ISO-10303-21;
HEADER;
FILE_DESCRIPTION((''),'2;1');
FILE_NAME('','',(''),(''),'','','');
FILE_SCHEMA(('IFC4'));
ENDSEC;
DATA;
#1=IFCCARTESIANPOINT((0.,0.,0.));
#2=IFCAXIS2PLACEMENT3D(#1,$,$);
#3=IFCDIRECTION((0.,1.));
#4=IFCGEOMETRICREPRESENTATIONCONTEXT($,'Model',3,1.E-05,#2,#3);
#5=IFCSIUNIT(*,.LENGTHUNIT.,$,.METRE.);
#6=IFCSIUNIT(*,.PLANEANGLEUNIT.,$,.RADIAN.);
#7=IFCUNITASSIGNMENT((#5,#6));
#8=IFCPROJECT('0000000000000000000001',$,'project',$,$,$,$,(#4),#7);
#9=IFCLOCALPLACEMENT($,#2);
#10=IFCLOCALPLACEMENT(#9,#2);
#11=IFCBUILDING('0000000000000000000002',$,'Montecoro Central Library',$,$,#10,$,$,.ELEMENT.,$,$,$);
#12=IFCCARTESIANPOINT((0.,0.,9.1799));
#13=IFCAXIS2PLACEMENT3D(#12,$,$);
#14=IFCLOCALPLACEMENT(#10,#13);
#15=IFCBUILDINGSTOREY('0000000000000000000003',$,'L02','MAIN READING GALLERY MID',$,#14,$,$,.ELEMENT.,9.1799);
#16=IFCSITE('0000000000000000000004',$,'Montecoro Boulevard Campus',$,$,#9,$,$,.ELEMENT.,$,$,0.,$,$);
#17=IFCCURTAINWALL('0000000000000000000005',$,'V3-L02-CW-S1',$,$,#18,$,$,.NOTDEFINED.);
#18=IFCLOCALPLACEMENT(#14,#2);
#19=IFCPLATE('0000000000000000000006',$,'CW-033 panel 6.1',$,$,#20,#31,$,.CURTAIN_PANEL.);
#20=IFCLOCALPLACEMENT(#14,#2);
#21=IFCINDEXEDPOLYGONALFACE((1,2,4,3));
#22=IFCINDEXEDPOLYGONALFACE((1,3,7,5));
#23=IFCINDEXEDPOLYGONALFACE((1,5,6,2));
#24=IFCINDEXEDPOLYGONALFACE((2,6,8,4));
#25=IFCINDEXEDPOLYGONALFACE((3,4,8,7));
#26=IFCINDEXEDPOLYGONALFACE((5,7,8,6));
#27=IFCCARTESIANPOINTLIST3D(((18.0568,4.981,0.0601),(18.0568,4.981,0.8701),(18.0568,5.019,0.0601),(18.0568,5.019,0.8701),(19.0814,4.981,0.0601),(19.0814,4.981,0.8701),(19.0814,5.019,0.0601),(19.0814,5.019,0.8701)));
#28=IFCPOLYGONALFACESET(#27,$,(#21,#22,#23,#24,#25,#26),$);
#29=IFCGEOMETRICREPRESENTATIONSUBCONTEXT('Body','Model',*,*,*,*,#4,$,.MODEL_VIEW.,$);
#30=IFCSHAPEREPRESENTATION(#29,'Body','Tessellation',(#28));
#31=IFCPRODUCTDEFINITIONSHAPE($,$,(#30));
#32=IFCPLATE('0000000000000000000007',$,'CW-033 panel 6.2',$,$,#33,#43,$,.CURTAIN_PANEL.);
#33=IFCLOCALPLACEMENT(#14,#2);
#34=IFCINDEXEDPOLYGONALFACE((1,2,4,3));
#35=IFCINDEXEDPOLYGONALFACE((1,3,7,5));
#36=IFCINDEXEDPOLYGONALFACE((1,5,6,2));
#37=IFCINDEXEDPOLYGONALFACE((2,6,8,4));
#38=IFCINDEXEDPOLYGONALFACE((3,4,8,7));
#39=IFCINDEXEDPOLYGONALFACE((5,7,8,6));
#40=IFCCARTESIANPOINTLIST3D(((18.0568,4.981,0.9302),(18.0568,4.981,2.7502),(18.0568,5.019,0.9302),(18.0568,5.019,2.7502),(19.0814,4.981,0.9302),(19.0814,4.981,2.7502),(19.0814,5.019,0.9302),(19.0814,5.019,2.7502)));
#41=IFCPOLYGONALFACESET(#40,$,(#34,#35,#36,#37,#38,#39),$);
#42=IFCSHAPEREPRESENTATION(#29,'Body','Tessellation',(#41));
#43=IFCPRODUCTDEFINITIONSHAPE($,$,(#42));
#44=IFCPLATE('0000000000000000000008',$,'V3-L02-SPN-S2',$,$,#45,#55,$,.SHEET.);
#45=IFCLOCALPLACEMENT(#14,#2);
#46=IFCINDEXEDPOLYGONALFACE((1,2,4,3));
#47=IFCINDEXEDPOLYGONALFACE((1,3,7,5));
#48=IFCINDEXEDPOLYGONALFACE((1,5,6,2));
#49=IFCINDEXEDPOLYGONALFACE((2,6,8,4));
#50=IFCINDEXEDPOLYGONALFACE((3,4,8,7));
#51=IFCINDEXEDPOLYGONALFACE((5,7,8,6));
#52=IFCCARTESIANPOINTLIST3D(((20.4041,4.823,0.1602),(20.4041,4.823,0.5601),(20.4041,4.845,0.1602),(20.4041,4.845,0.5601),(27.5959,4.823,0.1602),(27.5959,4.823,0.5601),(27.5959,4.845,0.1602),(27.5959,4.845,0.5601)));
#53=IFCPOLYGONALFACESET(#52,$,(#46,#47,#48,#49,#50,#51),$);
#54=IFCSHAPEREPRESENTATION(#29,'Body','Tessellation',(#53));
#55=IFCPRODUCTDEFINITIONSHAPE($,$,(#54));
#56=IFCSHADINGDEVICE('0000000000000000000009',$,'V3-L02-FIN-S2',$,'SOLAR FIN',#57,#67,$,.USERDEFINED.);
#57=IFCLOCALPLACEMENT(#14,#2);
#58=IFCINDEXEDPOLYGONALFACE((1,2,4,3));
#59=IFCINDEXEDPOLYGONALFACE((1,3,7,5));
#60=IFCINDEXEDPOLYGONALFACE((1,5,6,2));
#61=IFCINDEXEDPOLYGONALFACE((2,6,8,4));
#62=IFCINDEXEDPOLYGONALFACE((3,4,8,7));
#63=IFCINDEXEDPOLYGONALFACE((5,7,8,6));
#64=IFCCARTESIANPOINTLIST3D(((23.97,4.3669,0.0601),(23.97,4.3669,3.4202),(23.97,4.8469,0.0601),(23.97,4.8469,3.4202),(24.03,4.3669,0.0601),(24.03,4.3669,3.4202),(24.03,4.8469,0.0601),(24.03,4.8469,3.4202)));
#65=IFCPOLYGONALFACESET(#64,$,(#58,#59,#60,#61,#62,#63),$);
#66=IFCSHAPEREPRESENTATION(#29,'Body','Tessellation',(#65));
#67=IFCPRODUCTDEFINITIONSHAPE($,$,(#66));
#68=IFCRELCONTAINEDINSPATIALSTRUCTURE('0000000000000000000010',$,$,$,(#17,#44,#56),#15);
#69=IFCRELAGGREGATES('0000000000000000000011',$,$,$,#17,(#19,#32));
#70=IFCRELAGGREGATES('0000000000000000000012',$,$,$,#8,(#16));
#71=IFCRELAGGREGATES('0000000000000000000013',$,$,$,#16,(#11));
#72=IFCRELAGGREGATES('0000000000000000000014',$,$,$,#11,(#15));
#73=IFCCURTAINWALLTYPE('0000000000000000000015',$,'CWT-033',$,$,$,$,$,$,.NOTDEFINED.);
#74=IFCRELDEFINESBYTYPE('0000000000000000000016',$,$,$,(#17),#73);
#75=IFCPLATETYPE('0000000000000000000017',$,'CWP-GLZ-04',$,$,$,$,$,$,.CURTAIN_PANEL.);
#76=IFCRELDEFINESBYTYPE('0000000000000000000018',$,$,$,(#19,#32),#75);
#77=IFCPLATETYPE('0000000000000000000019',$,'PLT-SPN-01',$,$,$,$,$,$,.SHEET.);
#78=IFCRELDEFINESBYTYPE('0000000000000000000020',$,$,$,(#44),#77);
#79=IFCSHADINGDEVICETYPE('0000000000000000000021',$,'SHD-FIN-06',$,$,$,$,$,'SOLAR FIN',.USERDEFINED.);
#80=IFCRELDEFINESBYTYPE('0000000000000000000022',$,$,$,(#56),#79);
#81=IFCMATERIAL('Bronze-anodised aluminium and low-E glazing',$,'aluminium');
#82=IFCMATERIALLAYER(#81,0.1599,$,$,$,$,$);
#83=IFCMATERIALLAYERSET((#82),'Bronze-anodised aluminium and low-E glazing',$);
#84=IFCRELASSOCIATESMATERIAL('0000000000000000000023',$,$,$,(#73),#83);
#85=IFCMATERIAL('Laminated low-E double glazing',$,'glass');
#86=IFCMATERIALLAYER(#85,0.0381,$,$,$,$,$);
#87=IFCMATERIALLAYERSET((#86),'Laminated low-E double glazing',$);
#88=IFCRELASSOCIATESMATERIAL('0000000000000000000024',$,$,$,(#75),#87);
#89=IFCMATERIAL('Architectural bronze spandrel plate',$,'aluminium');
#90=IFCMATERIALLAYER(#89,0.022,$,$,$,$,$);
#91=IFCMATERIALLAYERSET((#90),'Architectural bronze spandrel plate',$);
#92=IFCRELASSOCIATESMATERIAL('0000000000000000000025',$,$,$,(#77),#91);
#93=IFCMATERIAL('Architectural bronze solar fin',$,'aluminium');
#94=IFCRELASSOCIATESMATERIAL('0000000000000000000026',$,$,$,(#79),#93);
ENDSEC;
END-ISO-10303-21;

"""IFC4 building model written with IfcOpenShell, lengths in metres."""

from ifc_helpers import new_model, si_unit, direction, frame, origin, origin_2d, place, context, subcontext, project, spatial, rectangle, extrude, material, layer, layer_set, type_object, element, aggregate, save


model = new_model("IFC4")

# Units and contexts
model_context = context("Model", 3, precision=1e-05, world=origin(), true_north=direction((0.0, 1.0)))
body_context = subcontext(model_context, "Body", "Model", "MODEL_VIEW")
ifc_project = project(units=[si_unit("LENGTHUNIT", "METRE"), si_unit("PLANEANGLEUNIT", "RADIAN")], contexts=[model_context])

# Site, building, storey
site_placement = place(None, origin())
site = spatial("IfcSite", under=ifc_project, at=site_placement, Name="Montecoro Boulevard Campus", CompositionType="ELEMENT", RefElevation=0.0)
building_placement = place(site_placement, origin())
building = spatial("IfcBuilding", under=site, at=building_placement, Name="Montecoro Central Library", CompositionType="ELEMENT")
storey_placement = place(building_placement, frame((0.0, 0.0, 9.1799)))
storey = spatial("IfcBuildingStorey", under=building, at=storey_placement, Name="L02", Description="MAIN READING GALLERY MID", CompositionType="ELEMENT", Elevation=9.1799)

# Curtain wall, plates
ifc_material_1 = material(Name="Bronze-anodised aluminium and low-E glazing", Category="aluminium")
ifc_layer_1 = layer(ifc_material_1, 0.1599)
ifc_layer_set_1 = layer_set([ifc_layer_1], Name="Bronze-anodised aluminium and low-E glazing")
curtain_wall_type = type_object("IfcCurtainWallType", Name="CWT-033", PredefinedType="NOTDEFINED", material=ifc_layer_set_1)
curtain_wall_placement = place(storey_placement, origin())
curtain_wall = element("IfcCurtainWall", 1, at=curtain_wall_placement, inside=storey, type_object=curtain_wall_type, Name="V3-L02-CW-S1", PredefinedType="NOTDEFINED")
ifc_material_2 = material(Name="Laminated low-E double glazing", Category="glass")
ifc_layer_2 = layer(ifc_material_2, 0.0381)
ifc_layer_set_2 = layer_set([ifc_layer_2], Name="Laminated low-E double glazing")
plate_type_1 = type_object("IfcPlateType", Name="CWP-GLZ-04", PredefinedType="CURTAIN_PANEL", material=ifc_layer_set_2)
plate_1_placement = place(storey_placement, frame((18.5691, 5.0, 0.0601), z_axis=(0.0, 0.0, 1.0), x_axis=(1.0, 0.0, 0.0)))
plate_1 = element("IfcPlate", 2, at=plate_1_placement, type_object=plate_type_1, Name="CW-033 panel 6.1", PredefinedType="CURTAIN_PANEL", context=body_context, shape_type="SweptSolid", body=[
    extrude(rectangle(XDim=1.0247, YDim=0.0381, at=origin_2d()), origin(), (0.0, 0.0, 1.0), 0.8101),
])
plate_2_placement = place(storey_placement, frame((18.5691, 5.0, 0.9302), z_axis=(0.0, 0.0, 1.0), x_axis=(1.0, 0.0, 0.0)))
plate_2 = element("IfcPlate", 3, at=plate_2_placement, type_object=plate_type_1, Name="CW-033 panel 6.2", PredefinedType="CURTAIN_PANEL", context=body_context, shape_type="SweptSolid", body=[
    extrude(rectangle(XDim=1.0247, YDim=0.0381, at=origin_2d()), origin(), (0.0, 0.0, 1.0), 1.8201),
])
aggregate(curtain_wall, [plate_1, plate_2])

# Plate
ifc_material_3 = material(Name="Architectural bronze spandrel plate", Category="aluminium")
ifc_layer_3 = layer(ifc_material_3, 0.022)
ifc_layer_set_3 = layer_set([ifc_layer_3], Name="Architectural bronze spandrel plate")
plate_type_2 = type_object("IfcPlateType", Name="PLT-SPN-01", PredefinedType="SHEET", material=ifc_layer_set_3)
plate_3_placement = place(storey_placement, frame((24.0, 4.834, 0.1602), z_axis=(0.0, 0.0, 1.0), x_axis=(1.0, 0.0, 0.0)))
element("IfcPlate", 4, at=plate_3_placement, inside=storey, type_object=plate_type_2, Name="V3-L02-SPN-S2", PredefinedType="SHEET", context=body_context, shape_type="SweptSolid", body=[
    extrude(rectangle(XDim=7.1919, YDim=0.022, at=origin_2d()), origin(), (0.0, 0.0, 1.0), 0.3999),
])

# Shading device
ifc_material_4 = material(Name="Architectural bronze solar fin", Category="aluminium")
shading_device_type = type_object("IfcShadingDeviceType", Name="SHD-FIN-06", ElementType="SOLAR FIN", PredefinedType="USERDEFINED", material=ifc_material_4)
shading_device_placement = place(storey_placement, frame((24.0, 4.6069, 0.0601), z_axis=(0.0, 0.0, 1.0), x_axis=(1.0, 0.0, 0.0)))
element("IfcShadingDevice", 5, at=shading_device_placement, inside=storey, type_object=shading_device_type, Name="V3-L02-FIN-S2", ObjectType="SOLAR FIN", PredefinedType="USERDEFINED", context=body_context, shape_type="SweptSolid", body=[
    extrude(rectangle(XDim=0.0601, YDim=0.48, at=origin_2d()), origin(), (0.0, 0.0, 1.0), 3.3601),
])

save(model, "model.ifc")
